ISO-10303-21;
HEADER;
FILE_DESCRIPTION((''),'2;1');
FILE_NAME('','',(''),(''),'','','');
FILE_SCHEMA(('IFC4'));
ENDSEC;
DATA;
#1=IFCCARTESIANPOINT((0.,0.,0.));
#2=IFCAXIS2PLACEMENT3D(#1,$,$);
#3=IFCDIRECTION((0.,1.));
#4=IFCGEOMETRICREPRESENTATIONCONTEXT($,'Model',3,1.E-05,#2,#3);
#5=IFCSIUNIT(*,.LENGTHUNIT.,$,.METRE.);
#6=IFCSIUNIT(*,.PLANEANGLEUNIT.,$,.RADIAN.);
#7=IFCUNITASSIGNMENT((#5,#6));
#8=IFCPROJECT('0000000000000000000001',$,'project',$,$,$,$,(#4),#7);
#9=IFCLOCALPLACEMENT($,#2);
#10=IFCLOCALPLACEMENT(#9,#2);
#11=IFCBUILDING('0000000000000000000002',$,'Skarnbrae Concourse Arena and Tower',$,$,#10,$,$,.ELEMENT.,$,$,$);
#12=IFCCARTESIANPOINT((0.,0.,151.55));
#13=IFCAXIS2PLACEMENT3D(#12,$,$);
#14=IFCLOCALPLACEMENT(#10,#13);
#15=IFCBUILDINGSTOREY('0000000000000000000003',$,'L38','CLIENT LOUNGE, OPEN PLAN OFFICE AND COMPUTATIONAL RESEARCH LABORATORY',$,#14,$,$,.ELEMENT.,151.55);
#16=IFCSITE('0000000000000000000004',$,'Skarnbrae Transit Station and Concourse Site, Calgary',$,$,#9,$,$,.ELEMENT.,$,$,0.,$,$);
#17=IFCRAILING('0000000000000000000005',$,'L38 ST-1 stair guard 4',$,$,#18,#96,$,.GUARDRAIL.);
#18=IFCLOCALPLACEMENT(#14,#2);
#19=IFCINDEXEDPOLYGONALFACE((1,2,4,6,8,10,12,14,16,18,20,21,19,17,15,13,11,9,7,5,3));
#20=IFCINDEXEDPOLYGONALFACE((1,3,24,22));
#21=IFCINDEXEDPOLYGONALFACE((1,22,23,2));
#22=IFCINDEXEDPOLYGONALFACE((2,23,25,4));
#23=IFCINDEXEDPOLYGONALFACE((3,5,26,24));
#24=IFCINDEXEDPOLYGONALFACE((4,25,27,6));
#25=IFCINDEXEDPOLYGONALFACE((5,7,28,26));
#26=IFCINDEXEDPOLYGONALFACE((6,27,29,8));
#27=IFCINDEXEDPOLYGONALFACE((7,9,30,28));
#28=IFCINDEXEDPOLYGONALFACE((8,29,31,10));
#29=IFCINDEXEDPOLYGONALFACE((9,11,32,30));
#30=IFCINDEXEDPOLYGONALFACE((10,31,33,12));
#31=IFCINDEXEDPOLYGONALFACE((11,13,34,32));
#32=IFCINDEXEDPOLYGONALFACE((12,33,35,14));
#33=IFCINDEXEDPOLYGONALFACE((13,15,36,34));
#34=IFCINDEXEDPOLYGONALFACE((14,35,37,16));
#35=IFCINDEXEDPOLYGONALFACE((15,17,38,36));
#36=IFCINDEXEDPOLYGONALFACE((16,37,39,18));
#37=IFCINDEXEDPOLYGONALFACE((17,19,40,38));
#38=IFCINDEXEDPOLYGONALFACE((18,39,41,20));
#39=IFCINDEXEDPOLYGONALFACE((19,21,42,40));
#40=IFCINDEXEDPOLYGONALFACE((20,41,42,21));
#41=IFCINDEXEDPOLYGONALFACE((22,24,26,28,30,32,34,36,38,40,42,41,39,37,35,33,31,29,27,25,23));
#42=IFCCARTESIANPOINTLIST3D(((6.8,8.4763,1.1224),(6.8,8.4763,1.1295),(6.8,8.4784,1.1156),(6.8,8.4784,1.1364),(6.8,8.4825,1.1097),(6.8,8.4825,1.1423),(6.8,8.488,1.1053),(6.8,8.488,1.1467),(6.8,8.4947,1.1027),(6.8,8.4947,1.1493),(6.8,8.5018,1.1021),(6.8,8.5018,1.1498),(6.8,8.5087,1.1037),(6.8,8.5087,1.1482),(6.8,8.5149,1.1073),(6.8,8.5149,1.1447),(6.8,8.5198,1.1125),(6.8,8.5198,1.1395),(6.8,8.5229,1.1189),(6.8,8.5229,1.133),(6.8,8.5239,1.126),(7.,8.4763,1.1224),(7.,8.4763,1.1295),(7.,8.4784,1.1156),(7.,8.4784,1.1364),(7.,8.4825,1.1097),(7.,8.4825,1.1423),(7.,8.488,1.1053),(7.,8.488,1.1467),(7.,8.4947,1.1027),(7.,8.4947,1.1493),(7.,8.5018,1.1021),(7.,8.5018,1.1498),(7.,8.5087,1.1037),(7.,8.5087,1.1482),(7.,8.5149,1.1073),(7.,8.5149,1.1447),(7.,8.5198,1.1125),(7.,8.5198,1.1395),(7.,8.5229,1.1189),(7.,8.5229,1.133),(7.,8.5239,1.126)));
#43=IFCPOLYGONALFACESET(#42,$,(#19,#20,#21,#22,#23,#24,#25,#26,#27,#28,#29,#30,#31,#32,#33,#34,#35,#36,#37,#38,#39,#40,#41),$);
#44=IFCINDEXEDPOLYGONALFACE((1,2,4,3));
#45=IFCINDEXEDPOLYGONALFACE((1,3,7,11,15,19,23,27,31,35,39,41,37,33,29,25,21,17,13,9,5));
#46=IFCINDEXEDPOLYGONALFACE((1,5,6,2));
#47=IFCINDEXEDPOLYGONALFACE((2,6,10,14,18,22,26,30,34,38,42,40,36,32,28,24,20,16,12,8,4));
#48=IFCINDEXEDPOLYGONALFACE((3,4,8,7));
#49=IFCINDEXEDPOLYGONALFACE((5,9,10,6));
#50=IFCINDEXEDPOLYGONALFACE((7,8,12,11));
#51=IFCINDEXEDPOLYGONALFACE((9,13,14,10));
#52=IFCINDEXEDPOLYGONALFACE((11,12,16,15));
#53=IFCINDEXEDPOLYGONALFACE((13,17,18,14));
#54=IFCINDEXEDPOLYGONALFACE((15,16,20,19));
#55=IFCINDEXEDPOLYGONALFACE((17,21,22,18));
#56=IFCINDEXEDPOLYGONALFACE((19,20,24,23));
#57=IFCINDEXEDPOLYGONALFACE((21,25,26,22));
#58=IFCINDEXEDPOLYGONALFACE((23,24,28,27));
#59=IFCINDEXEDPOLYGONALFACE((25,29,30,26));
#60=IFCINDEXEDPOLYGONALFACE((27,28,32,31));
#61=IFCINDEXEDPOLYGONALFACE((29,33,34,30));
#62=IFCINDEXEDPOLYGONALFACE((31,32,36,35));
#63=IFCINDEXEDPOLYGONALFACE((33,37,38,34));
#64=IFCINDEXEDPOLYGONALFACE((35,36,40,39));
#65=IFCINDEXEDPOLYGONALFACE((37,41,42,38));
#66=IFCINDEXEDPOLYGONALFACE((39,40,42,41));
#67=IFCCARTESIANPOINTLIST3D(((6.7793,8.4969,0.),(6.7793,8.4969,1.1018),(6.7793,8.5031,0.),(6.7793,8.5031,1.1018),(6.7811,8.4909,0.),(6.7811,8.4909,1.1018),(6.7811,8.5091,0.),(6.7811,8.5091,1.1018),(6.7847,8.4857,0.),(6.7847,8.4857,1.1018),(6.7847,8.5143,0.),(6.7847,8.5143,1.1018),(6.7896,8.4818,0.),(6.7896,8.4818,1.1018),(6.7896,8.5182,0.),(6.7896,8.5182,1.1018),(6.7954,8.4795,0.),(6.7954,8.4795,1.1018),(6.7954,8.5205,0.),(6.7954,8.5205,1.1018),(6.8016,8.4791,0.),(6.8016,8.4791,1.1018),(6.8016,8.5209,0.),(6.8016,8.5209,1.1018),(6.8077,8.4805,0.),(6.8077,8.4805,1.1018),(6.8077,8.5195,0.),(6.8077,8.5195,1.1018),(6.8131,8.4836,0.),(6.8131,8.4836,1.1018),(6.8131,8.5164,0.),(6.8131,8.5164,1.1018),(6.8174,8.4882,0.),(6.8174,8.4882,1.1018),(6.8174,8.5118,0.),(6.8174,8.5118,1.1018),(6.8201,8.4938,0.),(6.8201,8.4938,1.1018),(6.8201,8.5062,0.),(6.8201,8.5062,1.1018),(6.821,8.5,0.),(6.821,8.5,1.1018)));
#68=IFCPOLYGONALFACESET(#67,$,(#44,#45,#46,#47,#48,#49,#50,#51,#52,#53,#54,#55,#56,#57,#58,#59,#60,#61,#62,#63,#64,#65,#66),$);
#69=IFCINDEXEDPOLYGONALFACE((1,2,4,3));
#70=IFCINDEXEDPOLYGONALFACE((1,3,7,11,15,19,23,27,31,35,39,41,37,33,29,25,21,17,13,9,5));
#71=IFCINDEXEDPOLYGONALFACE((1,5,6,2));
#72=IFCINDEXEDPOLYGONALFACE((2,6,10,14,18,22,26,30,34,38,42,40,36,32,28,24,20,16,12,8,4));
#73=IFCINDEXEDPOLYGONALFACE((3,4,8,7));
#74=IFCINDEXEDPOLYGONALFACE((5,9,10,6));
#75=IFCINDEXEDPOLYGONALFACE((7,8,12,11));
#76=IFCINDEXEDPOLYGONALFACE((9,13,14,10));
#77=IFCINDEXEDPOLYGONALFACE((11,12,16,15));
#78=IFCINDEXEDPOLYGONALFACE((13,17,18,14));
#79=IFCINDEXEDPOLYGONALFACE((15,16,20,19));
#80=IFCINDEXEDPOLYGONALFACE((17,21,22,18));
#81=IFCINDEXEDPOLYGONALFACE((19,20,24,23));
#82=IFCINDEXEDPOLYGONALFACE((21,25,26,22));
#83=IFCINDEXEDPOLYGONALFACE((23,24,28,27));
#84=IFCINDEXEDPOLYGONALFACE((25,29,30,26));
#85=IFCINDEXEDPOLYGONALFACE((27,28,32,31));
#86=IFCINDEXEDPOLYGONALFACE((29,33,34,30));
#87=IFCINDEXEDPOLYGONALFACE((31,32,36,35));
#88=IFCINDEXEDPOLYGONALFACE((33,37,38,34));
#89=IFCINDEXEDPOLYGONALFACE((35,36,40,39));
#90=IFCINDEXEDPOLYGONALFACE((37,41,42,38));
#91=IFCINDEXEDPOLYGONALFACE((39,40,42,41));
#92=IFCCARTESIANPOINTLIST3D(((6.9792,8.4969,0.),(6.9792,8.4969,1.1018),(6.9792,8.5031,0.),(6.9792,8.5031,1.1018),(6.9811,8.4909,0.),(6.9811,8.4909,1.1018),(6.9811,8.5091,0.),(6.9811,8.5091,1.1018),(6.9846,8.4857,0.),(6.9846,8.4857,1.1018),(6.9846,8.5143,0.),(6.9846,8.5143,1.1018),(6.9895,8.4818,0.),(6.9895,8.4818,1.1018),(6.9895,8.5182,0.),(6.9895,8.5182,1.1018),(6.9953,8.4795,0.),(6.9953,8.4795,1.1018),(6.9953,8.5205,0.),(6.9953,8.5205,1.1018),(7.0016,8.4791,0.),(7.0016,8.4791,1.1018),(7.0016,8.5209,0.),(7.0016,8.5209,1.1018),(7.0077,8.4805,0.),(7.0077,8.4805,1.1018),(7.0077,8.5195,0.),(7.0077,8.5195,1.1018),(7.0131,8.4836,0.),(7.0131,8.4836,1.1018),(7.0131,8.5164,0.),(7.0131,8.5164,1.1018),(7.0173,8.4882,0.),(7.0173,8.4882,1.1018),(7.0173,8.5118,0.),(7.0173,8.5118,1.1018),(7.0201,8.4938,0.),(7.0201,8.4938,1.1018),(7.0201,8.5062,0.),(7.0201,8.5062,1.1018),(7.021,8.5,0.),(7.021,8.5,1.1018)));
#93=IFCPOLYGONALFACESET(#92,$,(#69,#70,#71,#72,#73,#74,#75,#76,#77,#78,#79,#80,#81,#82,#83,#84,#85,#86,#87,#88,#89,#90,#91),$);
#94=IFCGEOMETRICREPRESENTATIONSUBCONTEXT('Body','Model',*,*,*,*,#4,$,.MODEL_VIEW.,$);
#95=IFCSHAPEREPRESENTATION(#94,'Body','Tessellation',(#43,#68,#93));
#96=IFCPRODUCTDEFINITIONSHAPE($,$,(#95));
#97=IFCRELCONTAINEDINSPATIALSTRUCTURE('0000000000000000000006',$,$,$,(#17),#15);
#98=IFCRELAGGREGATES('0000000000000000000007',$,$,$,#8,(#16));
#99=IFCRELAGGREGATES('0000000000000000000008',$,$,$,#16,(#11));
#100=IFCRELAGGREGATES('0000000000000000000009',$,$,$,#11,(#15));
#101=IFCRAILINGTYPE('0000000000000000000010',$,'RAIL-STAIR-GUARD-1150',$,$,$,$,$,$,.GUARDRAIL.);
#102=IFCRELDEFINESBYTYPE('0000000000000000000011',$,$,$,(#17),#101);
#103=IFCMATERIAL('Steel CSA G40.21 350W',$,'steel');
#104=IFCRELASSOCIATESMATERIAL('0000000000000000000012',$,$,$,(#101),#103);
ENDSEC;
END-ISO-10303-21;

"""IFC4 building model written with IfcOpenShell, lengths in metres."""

from ifc_helpers import new_model, si_unit, direction, frame, origin, origin_2d, place, context, subcontext, project, spatial, circle, extrude, material, type_object, element, save


model = new_model("IFC4")

# Units and contexts
model_context = context("Model", 3, precision=1e-05, world=origin(), true_north=direction((0.0, 1.0)))
body_context = subcontext(model_context, "Body", "Model", "MODEL_VIEW")
ifc_project = project(units=[si_unit("LENGTHUNIT", "METRE"), si_unit("PLANEANGLEUNIT", "RADIAN")], contexts=[model_context])

# Site, building, storey
site_placement = place(None, origin())
site = spatial("IfcSite", under=ifc_project, at=site_placement, Name="Skarnbrae Transit Station and Concourse Site, Calgary", CompositionType="ELEMENT", RefElevation=0.0)
building_placement = place(site_placement, origin())
building = spatial("IfcBuilding", under=site, at=building_placement, Name="Skarnbrae Concourse Arena and Tower", CompositionType="ELEMENT")
storey_placement = place(building_placement, frame((0.0, 0.0, 151.55)))
storey = spatial("IfcBuildingStorey", under=building, at=storey_placement, Name="L38", Description="CLIENT LOUNGE, OPEN PLAN OFFICE AND COMPUTATIONAL RESEARCH LABORATORY", CompositionType="ELEMENT", Elevation=151.55)

# Railing
ifc_material_1 = material(Name="Steel CSA G40.21 350W", Category="steel")
railing_type_1 = type_object("IfcRailingType", Name="RAIL-STAIR-GUARD-1150", PredefinedType="GUARDRAIL", material=ifc_material_1)
railing_1_placement = place(storey_placement, frame((6.8, 8.5, 0.0)))
element("IfcRailing", 1, at=railing_1_placement, inside=storey, type_object=railing_type_1, Name="L38 ST-1 stair guard 4", PredefinedType="GUARDRAIL", context=body_context, shape_type="SweptSolid", body=[
    extrude(circle(Radius=0.0239, at=origin_2d()), frame((0.0, 0.0, 1.126), z_axis=(1.0, 0.0, 0.0), x_axis=(0.0, 1.0, 0.0)), (0.0, 0.0, 1.0), 0.2),
    extrude(circle(Radius=0.021, at=origin_2d()), origin(), (0.0, 0.0, 1.0), 1.1018),
    extrude(circle(Radius=0.021, at=origin_2d()), frame((0.2, 0.0, 0.0)), (0.0, 0.0, 1.0), 1.1018),
])

save(model, "model.ifc")
